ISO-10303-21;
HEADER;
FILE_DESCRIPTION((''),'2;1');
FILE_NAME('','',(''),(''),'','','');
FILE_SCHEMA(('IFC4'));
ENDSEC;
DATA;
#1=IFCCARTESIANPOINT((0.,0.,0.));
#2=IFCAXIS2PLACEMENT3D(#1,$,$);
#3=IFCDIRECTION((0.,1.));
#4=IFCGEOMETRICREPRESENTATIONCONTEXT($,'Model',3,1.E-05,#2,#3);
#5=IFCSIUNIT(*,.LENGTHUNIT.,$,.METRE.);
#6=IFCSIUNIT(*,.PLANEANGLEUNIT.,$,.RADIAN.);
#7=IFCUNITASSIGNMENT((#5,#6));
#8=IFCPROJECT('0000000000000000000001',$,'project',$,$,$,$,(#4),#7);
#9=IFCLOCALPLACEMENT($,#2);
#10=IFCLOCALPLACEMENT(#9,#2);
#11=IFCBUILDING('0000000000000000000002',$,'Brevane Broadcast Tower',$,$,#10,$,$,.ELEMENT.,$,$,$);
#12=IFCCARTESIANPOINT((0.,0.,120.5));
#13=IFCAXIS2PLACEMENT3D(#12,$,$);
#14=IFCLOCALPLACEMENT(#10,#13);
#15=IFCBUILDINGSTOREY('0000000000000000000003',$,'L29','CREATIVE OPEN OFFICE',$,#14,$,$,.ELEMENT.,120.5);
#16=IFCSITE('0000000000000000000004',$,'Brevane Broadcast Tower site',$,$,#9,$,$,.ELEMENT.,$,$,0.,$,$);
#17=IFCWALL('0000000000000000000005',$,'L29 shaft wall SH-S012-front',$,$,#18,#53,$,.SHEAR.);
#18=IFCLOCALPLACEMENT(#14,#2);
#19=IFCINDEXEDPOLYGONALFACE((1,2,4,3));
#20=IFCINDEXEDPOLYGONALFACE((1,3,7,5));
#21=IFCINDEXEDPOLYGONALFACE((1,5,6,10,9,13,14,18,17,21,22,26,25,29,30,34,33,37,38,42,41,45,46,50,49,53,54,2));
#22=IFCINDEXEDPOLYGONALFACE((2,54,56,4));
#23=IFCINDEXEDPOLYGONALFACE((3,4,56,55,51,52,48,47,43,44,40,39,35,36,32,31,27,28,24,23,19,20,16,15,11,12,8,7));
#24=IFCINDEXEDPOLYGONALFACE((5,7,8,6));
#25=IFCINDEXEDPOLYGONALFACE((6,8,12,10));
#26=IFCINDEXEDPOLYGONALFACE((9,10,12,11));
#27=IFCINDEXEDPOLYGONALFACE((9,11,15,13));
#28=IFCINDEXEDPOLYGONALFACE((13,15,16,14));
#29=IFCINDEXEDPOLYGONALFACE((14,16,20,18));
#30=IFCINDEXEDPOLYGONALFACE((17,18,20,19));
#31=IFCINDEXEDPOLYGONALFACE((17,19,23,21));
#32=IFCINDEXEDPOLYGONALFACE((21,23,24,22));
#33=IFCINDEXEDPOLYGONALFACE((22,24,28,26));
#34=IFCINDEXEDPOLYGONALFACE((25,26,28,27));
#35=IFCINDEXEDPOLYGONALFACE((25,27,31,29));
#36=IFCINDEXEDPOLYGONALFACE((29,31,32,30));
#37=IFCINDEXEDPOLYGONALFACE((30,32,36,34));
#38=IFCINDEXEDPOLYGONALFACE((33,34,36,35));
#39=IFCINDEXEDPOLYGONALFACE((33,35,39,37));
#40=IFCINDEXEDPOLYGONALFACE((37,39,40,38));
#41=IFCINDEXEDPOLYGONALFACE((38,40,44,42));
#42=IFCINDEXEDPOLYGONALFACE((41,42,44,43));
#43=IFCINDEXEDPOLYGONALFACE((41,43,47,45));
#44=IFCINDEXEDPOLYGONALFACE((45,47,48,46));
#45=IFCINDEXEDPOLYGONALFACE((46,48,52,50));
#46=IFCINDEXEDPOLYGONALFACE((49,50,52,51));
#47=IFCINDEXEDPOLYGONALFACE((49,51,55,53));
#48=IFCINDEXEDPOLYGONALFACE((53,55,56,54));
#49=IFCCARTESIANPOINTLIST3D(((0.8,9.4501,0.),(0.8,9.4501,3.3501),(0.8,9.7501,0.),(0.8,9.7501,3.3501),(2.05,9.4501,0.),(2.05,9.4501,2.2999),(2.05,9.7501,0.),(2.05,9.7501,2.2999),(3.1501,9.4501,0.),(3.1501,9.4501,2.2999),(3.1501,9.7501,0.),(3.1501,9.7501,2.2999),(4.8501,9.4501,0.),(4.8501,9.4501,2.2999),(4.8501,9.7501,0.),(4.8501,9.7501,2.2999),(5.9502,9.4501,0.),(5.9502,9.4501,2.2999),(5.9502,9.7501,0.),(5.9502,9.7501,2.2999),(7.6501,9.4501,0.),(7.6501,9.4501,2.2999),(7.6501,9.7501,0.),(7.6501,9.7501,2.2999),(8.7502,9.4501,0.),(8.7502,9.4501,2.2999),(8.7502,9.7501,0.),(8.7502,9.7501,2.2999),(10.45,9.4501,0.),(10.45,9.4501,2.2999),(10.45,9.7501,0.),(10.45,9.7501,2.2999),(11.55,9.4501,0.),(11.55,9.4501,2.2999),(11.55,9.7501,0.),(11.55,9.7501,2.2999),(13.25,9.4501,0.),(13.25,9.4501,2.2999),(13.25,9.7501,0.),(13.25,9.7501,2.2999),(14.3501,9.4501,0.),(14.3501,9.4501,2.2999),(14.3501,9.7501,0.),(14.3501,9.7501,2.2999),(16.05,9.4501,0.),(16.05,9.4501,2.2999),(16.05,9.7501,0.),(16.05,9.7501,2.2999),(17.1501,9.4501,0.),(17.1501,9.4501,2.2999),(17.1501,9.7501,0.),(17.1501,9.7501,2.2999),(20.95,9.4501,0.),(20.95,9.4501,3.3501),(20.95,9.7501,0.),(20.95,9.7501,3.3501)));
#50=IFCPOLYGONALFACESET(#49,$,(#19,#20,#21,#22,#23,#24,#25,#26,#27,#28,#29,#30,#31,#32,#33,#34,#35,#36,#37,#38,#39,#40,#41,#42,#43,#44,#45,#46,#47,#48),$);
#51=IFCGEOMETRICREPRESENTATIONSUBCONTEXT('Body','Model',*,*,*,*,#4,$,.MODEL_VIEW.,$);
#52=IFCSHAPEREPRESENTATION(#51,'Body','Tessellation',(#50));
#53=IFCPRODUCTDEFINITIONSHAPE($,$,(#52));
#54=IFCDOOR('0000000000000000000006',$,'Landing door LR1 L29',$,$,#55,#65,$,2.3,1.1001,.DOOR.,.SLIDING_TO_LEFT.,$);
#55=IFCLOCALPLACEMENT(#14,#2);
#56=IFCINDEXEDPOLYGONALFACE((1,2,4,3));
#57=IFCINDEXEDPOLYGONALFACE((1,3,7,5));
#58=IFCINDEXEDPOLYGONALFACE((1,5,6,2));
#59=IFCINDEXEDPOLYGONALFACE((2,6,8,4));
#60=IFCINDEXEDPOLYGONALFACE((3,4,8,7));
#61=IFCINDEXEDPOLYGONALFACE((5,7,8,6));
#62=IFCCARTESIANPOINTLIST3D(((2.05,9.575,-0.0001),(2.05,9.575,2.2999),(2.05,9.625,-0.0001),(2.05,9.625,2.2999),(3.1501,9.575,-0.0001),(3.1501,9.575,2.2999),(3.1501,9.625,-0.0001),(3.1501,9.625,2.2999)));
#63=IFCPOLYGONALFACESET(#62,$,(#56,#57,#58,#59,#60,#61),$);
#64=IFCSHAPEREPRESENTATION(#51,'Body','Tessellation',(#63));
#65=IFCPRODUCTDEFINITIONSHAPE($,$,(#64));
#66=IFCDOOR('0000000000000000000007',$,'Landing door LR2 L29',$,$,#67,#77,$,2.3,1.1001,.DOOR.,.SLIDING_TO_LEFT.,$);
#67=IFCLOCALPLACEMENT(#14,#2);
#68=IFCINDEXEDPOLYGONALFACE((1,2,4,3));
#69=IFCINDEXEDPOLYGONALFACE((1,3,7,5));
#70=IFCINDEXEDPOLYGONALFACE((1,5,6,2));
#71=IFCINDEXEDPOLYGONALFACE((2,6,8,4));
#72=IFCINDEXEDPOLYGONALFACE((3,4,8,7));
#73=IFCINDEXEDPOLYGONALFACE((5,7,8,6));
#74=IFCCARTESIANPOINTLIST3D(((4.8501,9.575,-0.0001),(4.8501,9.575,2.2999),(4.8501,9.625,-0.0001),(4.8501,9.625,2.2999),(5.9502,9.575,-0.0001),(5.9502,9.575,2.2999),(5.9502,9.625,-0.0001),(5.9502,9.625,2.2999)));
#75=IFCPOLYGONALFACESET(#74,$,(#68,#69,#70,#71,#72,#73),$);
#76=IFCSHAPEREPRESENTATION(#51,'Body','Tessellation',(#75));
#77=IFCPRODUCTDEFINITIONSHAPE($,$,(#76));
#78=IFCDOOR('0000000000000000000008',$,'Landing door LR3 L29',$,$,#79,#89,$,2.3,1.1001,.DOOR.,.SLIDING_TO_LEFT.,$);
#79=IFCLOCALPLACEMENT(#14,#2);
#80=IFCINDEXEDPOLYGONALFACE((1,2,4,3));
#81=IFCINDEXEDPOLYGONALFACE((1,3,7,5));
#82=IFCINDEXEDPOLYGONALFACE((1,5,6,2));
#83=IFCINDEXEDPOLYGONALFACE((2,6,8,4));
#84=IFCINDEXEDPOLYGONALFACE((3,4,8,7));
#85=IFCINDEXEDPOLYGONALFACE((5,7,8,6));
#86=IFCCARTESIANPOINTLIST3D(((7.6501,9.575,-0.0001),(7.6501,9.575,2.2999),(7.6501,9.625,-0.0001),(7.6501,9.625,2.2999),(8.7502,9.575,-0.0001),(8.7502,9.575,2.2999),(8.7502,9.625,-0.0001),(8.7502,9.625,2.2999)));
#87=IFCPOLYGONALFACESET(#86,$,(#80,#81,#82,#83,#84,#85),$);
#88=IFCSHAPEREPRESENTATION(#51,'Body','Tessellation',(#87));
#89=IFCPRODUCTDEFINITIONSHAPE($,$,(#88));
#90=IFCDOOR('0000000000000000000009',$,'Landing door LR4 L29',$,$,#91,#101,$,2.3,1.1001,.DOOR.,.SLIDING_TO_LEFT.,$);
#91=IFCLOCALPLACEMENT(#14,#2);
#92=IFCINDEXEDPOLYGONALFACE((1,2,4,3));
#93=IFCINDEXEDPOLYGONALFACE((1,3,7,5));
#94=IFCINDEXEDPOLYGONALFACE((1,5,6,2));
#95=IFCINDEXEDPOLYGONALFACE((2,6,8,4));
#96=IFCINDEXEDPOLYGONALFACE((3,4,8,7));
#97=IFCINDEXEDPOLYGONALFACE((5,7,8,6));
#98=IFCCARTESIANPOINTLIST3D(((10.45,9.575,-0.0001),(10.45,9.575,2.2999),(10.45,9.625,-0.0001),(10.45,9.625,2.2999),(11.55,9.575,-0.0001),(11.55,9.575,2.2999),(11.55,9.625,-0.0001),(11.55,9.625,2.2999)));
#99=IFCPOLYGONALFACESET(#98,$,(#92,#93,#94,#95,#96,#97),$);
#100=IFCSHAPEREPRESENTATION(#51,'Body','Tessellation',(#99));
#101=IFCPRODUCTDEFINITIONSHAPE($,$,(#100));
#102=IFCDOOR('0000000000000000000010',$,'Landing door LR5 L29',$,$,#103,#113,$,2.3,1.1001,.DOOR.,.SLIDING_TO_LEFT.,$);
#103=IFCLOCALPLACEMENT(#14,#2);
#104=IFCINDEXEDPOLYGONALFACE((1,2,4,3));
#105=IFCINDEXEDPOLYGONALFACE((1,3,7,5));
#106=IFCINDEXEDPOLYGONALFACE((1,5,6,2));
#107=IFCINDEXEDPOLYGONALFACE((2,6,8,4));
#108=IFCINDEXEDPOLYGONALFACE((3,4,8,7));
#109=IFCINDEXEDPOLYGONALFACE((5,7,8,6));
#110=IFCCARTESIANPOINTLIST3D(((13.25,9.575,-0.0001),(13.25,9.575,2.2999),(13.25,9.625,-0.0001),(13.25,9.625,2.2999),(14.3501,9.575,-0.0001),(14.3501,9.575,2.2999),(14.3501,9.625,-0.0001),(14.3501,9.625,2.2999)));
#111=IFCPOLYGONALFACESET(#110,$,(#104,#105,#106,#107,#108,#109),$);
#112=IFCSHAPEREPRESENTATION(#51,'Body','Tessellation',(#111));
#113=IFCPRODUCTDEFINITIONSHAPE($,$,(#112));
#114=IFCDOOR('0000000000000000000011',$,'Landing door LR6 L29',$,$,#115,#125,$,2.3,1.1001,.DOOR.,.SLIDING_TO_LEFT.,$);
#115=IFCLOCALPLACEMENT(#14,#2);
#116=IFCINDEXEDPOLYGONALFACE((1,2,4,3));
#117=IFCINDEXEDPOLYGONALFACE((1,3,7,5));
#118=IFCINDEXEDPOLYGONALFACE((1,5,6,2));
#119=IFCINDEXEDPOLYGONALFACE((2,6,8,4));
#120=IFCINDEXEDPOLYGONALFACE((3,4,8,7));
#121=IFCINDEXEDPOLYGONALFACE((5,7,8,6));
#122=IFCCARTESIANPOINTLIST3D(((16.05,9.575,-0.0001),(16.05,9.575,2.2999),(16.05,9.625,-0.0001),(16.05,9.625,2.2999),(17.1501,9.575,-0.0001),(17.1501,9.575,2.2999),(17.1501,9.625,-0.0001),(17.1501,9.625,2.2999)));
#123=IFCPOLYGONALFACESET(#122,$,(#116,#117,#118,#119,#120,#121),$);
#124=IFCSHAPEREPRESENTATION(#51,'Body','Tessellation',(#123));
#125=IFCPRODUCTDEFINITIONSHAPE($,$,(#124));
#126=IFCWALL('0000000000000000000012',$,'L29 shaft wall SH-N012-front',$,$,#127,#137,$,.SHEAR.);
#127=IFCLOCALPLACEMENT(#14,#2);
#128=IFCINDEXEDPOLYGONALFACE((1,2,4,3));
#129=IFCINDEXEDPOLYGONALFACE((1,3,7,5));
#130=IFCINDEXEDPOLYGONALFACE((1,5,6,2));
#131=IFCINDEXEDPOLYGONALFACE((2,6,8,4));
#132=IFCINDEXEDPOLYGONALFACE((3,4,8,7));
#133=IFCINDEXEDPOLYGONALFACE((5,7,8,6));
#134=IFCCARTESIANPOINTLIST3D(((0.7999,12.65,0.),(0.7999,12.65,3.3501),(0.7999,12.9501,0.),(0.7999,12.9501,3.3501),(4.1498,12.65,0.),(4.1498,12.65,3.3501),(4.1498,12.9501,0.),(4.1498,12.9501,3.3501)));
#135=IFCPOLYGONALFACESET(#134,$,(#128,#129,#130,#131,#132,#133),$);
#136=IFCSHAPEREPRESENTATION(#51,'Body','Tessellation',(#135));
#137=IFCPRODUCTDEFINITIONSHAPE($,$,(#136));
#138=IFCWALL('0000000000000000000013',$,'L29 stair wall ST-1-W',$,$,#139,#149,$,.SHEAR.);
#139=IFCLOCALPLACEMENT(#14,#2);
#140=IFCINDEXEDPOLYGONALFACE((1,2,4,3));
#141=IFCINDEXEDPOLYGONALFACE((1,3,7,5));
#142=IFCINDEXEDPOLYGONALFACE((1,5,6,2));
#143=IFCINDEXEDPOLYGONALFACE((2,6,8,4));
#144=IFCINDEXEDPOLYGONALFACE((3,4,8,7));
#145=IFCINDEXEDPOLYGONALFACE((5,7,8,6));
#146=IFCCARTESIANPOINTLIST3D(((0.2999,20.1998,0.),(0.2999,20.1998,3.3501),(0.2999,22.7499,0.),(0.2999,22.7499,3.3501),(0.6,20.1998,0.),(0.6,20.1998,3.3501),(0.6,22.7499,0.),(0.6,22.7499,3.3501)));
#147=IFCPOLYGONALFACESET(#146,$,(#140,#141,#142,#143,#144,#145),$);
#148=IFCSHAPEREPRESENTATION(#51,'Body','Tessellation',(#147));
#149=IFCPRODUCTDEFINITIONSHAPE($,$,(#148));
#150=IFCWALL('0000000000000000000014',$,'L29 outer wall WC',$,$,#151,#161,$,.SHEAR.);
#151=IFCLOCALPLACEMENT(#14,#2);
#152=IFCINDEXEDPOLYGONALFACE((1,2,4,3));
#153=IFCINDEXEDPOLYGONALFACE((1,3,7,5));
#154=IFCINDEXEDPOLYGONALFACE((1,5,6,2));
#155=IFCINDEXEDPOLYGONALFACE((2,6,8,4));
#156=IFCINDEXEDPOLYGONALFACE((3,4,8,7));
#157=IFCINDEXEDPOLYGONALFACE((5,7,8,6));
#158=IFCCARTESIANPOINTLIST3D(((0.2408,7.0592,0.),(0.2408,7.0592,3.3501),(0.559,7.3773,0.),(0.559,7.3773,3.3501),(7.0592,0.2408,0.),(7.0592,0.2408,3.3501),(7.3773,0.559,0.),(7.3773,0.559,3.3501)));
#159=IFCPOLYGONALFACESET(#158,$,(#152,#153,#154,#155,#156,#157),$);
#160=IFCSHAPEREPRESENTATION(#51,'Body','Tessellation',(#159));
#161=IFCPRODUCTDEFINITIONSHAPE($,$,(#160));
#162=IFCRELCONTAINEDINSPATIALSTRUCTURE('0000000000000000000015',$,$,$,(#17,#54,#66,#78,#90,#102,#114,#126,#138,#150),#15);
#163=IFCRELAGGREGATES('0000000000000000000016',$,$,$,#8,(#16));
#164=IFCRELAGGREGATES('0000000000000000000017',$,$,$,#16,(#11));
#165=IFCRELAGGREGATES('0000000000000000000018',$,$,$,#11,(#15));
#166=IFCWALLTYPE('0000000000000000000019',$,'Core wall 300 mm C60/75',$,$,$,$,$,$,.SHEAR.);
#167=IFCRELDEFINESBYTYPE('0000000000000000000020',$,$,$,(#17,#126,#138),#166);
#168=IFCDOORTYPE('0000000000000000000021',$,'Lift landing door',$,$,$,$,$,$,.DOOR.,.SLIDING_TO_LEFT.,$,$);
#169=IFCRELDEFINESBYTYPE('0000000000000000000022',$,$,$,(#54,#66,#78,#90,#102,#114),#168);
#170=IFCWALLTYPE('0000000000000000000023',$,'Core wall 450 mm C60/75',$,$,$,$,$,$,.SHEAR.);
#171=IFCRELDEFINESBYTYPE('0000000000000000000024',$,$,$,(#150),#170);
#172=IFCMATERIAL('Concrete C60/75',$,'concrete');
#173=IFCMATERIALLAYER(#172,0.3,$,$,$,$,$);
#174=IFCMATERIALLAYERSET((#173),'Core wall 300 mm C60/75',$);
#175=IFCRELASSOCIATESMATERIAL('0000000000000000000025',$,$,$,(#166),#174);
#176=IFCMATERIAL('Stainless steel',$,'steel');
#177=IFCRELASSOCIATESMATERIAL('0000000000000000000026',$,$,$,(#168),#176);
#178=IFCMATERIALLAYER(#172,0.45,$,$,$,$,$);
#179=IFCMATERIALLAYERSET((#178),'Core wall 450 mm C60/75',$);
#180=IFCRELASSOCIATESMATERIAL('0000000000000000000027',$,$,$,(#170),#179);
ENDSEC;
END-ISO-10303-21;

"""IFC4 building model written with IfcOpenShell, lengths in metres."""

from ifc_helpers import new_model, si_unit, direction, frame, frame_2d, origin, place, context, subcontext, project, spatial, rectangle, extrude, material, layer, layer_set, type_object, element, fill, save


model = new_model("IFC4")

# Units and contexts
model_context = context("Model", 3, precision=1e-05, world=origin(), true_north=direction((0.0, 1.0)))
body_context = subcontext(model_context, "Body", "Model", "MODEL_VIEW")
ifc_project = project(units=[si_unit("LENGTHUNIT", "METRE"), si_unit("PLANEANGLEUNIT", "RADIAN")], contexts=[model_context])

# Site, building, storey
site_placement = place(None, origin())
site = spatial("IfcSite", under=ifc_project, at=site_placement, Name="Brevane Broadcast Tower site", CompositionType="ELEMENT", RefElevation=0.0)
building_placement = place(site_placement, origin())
building = spatial("IfcBuilding", under=site, at=building_placement, Name="Brevane Broadcast Tower", CompositionType="ELEMENT")
storey_placement = place(building_placement, frame((0.0, 0.0, 120.5)))
storey = spatial("IfcBuildingStorey", under=building, at=storey_placement, Name="L29", Description="CREATIVE OPEN OFFICE", CompositionType="ELEMENT", Elevation=120.5)

# Wall, openings, doors
ifc_material_1 = material(Name="Concrete C60/75", Category="concrete")
ifc_layer_1 = layer(ifc_material_1, 0.3)
ifc_layer_set_1 = layer_set([ifc_layer_1], Name="Core wall 300 mm C60/75")
wall_type_1 = type_object("IfcWallType", Name="Core wall 300 mm C60/75", PredefinedType="SHEAR", material=ifc_layer_set_1)
wall_1_placement = place(storey_placement, frame((0.8, 9.6001, 0.0), z_axis=(0.0, 0.0, 1.0), x_axis=(1.0, 0.0, 0.0)))
wall_1 = element("IfcWall", 1, at=wall_1_placement, inside=storey, type_object=wall_type_1, Name="L29 shaft wall SH-S012-front", PredefinedType="SHEAR", context=body_context, shape_type="SweptSolid", body=[
    extrude(rectangle(XDim=20.1499, YDim=0.3, at=frame_2d((10.075, 0.0))), origin(), (0.0, 0.0, 1.0), 3.3501),
])
opening_1_placement = place(wall_1_placement, frame((1.25, 0.0, 0.0)))
opening_1 = element("IfcOpeningElement", 2, at=opening_1_placement, cuts=wall_1, PredefinedType="OPENING", context=body_context, shape_type="SweptSolid", body=[
    extrude(rectangle(XDim=1.1001, YDim=2.3, at=frame_2d((0.55, 1.1499))), frame((0.0, 0.1599, 0.0), z_axis=(0.0, -1.0, 0.0), x_axis=(1.0, 0.0, 0.0)), (0.0, 0.0, 1.0), 0.3201),
])
opening_2_placement = place(wall_1_placement, frame((4.05, 0.0, 0.0)))
opening_2 = element("IfcOpeningElement", 3, at=opening_2_placement, cuts=wall_1, PredefinedType="OPENING", context=body_context, shape_type="SweptSolid", body=[
    extrude(rectangle(XDim=1.1001, YDim=2.3, at=frame_2d((0.55, 1.1499))), frame((0.0, 0.1599, 0.0), z_axis=(0.0, -1.0, 0.0), x_axis=(1.0, 0.0, 0.0)), (0.0, 0.0, 1.0), 0.3201),
])
opening_3_placement = place(wall_1_placement, frame((6.8501, 0.0, 0.0)))
opening_3 = element("IfcOpeningElement", 4, at=opening_3_placement, cuts=wall_1, PredefinedType="OPENING", context=body_context, shape_type="SweptSolid", body=[
    extrude(rectangle(XDim=1.1001, YDim=2.3, at=frame_2d((0.55, 1.1499))), frame((0.0, 0.1599, 0.0), z_axis=(0.0, -1.0, 0.0), x_axis=(1.0, 0.0, 0.0)), (0.0, 0.0, 1.0), 0.3201),
])
opening_4_placement = place(wall_1_placement, frame((9.6499, 0.0, 0.0)))
opening_4 = element("IfcOpeningElement", 5, at=opening_4_placement, cuts=wall_1, PredefinedType="OPENING", context=body_context, shape_type="SweptSolid", body=[
    extrude(rectangle(XDim=1.1001, YDim=2.3, at=frame_2d((0.55, 1.1499))), frame((0.0, 0.1599, 0.0), z_axis=(0.0, -1.0, 0.0), x_axis=(1.0, 0.0, 0.0)), (0.0, 0.0, 1.0), 0.3201),
])
opening_5_placement = place(wall_1_placement, frame((12.45, 0.0, 0.0)))
opening_5 = element("IfcOpeningElement", 6, at=opening_5_placement, cuts=wall_1, PredefinedType="OPENING", context=body_context, shape_type="SweptSolid", body=[
    extrude(rectangle(XDim=1.1001, YDim=2.3, at=frame_2d((0.55, 1.1499))), frame((0.0, 0.1599, 0.0), z_axis=(0.0, -1.0, 0.0), x_axis=(1.0, 0.0, 0.0)), (0.0, 0.0, 1.0), 0.3201),
])
opening_6_placement = place(wall_1_placement, frame((15.25, 0.0, 0.0)))
opening_6 = element("IfcOpeningElement", 7, at=opening_6_placement, cuts=wall_1, PredefinedType="OPENING", context=body_context, shape_type="SweptSolid", body=[
    extrude(rectangle(XDim=1.1001, YDim=2.3, at=frame_2d((0.55, 1.1499))), frame((0.0, 0.1599, 0.0), z_axis=(0.0, -1.0, 0.0), x_axis=(1.0, 0.0, 0.0)), (0.0, 0.0, 1.0), 0.3201),
])
ifc_material_2 = material(Name="Stainless steel", Category="steel")
door_type = type_object("IfcDoorType", Name="Lift landing door", OperationType="SLIDING_TO_LEFT", PredefinedType="DOOR", material=ifc_material_2)
door_1_placement = place(opening_1_placement, origin())
door_1 = element("IfcDoor", 8, at=door_1_placement, inside=storey, type_object=door_type, Name="Landing door LR1 L29", OperationType="SLIDING_TO_LEFT", OverallHeight=2.3, OverallWidth=1.1001, PredefinedType="DOOR", context=body_context, shape_type="SweptSolid", body=[
    extrude(rectangle(XDim=1.1001, YDim=2.3, at=frame_2d((0.55, 1.1499))), frame((0.0, 0.0249, 0.0), z_axis=(0.0, -1.0, 0.0), x_axis=(1.0, 0.0, 0.0)), (0.0, 0.0, 1.0), 0.05),
])
fill(opening_1, door_1)
door_2_placement = place(opening_2_placement, origin())
door_2 = element("IfcDoor", 9, at=door_2_placement, inside=storey, type_object=door_type, Name="Landing door LR2 L29", OperationType="SLIDING_TO_LEFT", OverallHeight=2.3, OverallWidth=1.1001, PredefinedType="DOOR", context=body_context, shape_type="SweptSolid", body=[
    extrude(rectangle(XDim=1.1001, YDim=2.3, at=frame_2d((0.55, 1.1499))), frame((0.0, 0.0249, 0.0), z_axis=(0.0, -1.0, 0.0), x_axis=(1.0, 0.0, 0.0)), (0.0, 0.0, 1.0), 0.05),
])
fill(opening_2, door_2)
door_3_placement = place(opening_3_placement, origin())
door_3 = element("IfcDoor", 10, at=door_3_placement, inside=storey, type_object=door_type, Name="Landing door LR3 L29", OperationType="SLIDING_TO_LEFT", OverallHeight=2.3, OverallWidth=1.1001, PredefinedType="DOOR", context=body_context, shape_type="SweptSolid", body=[
    extrude(rectangle(XDim=1.1001, YDim=2.3, at=frame_2d((0.55, 1.1499))), frame((0.0, 0.0249, 0.0), z_axis=(0.0, -1.0, 0.0), x_axis=(1.0, 0.0, 0.0)), (0.0, 0.0, 1.0), 0.05),
])
fill(opening_3, door_3)
door_4_placement = place(opening_4_placement, origin())
door_4 = element("IfcDoor", 11, at=door_4_placement, inside=storey, type_object=door_type, Name="Landing door LR4 L29", OperationType="SLIDING_TO_LEFT", OverallHeight=2.3, OverallWidth=1.1001, PredefinedType="DOOR", context=body_context, shape_type="SweptSolid", body=[
    extrude(rectangle(XDim=1.1001, YDim=2.3, at=frame_2d((0.55, 1.1499))), frame((0.0, 0.0249, 0.0), z_axis=(0.0, -1.0, 0.0), x_axis=(1.0, 0.0, 0.0)), (0.0, 0.0, 1.0), 0.05),
])
fill(opening_4, door_4)
door_5_placement = place(opening_5_placement, origin())
door_5 = element("IfcDoor", 12, at=door_5_placement, inside=storey, type_object=door_type, Name="Landing door LR5 L29", OperationType="SLIDING_TO_LEFT", OverallHeight=2.3, OverallWidth=1.1001, PredefinedType="DOOR", context=body_context, shape_type="SweptSolid", body=[
    extrude(rectangle(XDim=1.1001, YDim=2.3, at=frame_2d((0.55, 1.1499))), frame((0.0, 0.0249, 0.0), z_axis=(0.0, -1.0, 0.0), x_axis=(1.0, 0.0, 0.0)), (0.0, 0.0, 1.0), 0.05),
])
fill(opening_5, door_5)
door_6_placement = place(opening_6_placement, origin())
door_6 = element("IfcDoor", 13, at=door_6_placement, inside=storey, type_object=door_type, Name="Landing door LR6 L29", OperationType="SLIDING_TO_LEFT", OverallHeight=2.3, OverallWidth=1.1001, PredefinedType="DOOR", context=body_context, shape_type="SweptSolid", body=[
    extrude(rectangle(XDim=1.1001, YDim=2.3, at=frame_2d((0.55, 1.1499))), frame((0.0, 0.0249, 0.0), z_axis=(0.0, -1.0, 0.0), x_axis=(1.0, 0.0, 0.0)), (0.0, 0.0, 1.0), 0.05),
])
fill(opening_6, door_6)

# Walls
wall_2_placement = place(storey_placement, frame((0.8, 12.8, 0.0), z_axis=(0.0, 0.0, 1.0), x_axis=(1.0, 0.0, 0.0)))
element("IfcWall", 14, at=wall_2_placement, inside=storey, type_object=wall_type_1, Name="L29 shaft wall SH-N012-front", PredefinedType="SHEAR", context=body_context, shape_type="SweptSolid", body=[
    extrude(rectangle(XDim=3.3499, YDim=0.3, at=frame_2d((1.6748, 0.0))), origin(), (0.0, 0.0, 1.0), 3.3501),
])
wall_3_placement = place(storey_placement, frame((0.45, 20.2, 0.0), z_axis=(0.0, 0.0, 1.0), x_axis=(0.0, 1.0, 0.0)))
element("IfcWall", 15, at=wall_3_placement, inside=storey, type_object=wall_type_1, Name="L29 stair wall ST-1-W", PredefinedType="SHEAR", context=body_context, shape_type="SweptSolid", body=[
    extrude(rectangle(XDim=2.55, YDim=0.3, at=frame_2d((1.2749, 0.0))), origin(), (0.0, 0.0, 1.0), 3.3501),
])
ifc_layer_2 = layer(ifc_material_1, 0.45)
ifc_layer_set_2 = layer_set([ifc_layer_2], Name="Core wall 450 mm C60/75")
wall_type_2 = type_object("IfcWallType", Name="Core wall 450 mm C60/75", PredefinedType="SHEAR", material=ifc_layer_set_2)
wall_4_placement = place(storey_placement, frame((0.3999, 7.2183, 0.0), z_axis=(0.0, 0.0, 1.0), x_axis=(0.707107, -0.707107, 0.0)))
element("IfcWall", 16, at=wall_4_placement, inside=storey, type_object=wall_type_2, Name="L29 outer wall WC", PredefinedType="SHEAR", context=body_context, shape_type="SweptSolid", body=[
    extrude(rectangle(XDim=9.6426, YDim=0.45, at=frame_2d((4.8213, 0.0))), origin(), (0.0, 0.0, 1.0), 3.3501),
])

save(model, "model.ifc")
